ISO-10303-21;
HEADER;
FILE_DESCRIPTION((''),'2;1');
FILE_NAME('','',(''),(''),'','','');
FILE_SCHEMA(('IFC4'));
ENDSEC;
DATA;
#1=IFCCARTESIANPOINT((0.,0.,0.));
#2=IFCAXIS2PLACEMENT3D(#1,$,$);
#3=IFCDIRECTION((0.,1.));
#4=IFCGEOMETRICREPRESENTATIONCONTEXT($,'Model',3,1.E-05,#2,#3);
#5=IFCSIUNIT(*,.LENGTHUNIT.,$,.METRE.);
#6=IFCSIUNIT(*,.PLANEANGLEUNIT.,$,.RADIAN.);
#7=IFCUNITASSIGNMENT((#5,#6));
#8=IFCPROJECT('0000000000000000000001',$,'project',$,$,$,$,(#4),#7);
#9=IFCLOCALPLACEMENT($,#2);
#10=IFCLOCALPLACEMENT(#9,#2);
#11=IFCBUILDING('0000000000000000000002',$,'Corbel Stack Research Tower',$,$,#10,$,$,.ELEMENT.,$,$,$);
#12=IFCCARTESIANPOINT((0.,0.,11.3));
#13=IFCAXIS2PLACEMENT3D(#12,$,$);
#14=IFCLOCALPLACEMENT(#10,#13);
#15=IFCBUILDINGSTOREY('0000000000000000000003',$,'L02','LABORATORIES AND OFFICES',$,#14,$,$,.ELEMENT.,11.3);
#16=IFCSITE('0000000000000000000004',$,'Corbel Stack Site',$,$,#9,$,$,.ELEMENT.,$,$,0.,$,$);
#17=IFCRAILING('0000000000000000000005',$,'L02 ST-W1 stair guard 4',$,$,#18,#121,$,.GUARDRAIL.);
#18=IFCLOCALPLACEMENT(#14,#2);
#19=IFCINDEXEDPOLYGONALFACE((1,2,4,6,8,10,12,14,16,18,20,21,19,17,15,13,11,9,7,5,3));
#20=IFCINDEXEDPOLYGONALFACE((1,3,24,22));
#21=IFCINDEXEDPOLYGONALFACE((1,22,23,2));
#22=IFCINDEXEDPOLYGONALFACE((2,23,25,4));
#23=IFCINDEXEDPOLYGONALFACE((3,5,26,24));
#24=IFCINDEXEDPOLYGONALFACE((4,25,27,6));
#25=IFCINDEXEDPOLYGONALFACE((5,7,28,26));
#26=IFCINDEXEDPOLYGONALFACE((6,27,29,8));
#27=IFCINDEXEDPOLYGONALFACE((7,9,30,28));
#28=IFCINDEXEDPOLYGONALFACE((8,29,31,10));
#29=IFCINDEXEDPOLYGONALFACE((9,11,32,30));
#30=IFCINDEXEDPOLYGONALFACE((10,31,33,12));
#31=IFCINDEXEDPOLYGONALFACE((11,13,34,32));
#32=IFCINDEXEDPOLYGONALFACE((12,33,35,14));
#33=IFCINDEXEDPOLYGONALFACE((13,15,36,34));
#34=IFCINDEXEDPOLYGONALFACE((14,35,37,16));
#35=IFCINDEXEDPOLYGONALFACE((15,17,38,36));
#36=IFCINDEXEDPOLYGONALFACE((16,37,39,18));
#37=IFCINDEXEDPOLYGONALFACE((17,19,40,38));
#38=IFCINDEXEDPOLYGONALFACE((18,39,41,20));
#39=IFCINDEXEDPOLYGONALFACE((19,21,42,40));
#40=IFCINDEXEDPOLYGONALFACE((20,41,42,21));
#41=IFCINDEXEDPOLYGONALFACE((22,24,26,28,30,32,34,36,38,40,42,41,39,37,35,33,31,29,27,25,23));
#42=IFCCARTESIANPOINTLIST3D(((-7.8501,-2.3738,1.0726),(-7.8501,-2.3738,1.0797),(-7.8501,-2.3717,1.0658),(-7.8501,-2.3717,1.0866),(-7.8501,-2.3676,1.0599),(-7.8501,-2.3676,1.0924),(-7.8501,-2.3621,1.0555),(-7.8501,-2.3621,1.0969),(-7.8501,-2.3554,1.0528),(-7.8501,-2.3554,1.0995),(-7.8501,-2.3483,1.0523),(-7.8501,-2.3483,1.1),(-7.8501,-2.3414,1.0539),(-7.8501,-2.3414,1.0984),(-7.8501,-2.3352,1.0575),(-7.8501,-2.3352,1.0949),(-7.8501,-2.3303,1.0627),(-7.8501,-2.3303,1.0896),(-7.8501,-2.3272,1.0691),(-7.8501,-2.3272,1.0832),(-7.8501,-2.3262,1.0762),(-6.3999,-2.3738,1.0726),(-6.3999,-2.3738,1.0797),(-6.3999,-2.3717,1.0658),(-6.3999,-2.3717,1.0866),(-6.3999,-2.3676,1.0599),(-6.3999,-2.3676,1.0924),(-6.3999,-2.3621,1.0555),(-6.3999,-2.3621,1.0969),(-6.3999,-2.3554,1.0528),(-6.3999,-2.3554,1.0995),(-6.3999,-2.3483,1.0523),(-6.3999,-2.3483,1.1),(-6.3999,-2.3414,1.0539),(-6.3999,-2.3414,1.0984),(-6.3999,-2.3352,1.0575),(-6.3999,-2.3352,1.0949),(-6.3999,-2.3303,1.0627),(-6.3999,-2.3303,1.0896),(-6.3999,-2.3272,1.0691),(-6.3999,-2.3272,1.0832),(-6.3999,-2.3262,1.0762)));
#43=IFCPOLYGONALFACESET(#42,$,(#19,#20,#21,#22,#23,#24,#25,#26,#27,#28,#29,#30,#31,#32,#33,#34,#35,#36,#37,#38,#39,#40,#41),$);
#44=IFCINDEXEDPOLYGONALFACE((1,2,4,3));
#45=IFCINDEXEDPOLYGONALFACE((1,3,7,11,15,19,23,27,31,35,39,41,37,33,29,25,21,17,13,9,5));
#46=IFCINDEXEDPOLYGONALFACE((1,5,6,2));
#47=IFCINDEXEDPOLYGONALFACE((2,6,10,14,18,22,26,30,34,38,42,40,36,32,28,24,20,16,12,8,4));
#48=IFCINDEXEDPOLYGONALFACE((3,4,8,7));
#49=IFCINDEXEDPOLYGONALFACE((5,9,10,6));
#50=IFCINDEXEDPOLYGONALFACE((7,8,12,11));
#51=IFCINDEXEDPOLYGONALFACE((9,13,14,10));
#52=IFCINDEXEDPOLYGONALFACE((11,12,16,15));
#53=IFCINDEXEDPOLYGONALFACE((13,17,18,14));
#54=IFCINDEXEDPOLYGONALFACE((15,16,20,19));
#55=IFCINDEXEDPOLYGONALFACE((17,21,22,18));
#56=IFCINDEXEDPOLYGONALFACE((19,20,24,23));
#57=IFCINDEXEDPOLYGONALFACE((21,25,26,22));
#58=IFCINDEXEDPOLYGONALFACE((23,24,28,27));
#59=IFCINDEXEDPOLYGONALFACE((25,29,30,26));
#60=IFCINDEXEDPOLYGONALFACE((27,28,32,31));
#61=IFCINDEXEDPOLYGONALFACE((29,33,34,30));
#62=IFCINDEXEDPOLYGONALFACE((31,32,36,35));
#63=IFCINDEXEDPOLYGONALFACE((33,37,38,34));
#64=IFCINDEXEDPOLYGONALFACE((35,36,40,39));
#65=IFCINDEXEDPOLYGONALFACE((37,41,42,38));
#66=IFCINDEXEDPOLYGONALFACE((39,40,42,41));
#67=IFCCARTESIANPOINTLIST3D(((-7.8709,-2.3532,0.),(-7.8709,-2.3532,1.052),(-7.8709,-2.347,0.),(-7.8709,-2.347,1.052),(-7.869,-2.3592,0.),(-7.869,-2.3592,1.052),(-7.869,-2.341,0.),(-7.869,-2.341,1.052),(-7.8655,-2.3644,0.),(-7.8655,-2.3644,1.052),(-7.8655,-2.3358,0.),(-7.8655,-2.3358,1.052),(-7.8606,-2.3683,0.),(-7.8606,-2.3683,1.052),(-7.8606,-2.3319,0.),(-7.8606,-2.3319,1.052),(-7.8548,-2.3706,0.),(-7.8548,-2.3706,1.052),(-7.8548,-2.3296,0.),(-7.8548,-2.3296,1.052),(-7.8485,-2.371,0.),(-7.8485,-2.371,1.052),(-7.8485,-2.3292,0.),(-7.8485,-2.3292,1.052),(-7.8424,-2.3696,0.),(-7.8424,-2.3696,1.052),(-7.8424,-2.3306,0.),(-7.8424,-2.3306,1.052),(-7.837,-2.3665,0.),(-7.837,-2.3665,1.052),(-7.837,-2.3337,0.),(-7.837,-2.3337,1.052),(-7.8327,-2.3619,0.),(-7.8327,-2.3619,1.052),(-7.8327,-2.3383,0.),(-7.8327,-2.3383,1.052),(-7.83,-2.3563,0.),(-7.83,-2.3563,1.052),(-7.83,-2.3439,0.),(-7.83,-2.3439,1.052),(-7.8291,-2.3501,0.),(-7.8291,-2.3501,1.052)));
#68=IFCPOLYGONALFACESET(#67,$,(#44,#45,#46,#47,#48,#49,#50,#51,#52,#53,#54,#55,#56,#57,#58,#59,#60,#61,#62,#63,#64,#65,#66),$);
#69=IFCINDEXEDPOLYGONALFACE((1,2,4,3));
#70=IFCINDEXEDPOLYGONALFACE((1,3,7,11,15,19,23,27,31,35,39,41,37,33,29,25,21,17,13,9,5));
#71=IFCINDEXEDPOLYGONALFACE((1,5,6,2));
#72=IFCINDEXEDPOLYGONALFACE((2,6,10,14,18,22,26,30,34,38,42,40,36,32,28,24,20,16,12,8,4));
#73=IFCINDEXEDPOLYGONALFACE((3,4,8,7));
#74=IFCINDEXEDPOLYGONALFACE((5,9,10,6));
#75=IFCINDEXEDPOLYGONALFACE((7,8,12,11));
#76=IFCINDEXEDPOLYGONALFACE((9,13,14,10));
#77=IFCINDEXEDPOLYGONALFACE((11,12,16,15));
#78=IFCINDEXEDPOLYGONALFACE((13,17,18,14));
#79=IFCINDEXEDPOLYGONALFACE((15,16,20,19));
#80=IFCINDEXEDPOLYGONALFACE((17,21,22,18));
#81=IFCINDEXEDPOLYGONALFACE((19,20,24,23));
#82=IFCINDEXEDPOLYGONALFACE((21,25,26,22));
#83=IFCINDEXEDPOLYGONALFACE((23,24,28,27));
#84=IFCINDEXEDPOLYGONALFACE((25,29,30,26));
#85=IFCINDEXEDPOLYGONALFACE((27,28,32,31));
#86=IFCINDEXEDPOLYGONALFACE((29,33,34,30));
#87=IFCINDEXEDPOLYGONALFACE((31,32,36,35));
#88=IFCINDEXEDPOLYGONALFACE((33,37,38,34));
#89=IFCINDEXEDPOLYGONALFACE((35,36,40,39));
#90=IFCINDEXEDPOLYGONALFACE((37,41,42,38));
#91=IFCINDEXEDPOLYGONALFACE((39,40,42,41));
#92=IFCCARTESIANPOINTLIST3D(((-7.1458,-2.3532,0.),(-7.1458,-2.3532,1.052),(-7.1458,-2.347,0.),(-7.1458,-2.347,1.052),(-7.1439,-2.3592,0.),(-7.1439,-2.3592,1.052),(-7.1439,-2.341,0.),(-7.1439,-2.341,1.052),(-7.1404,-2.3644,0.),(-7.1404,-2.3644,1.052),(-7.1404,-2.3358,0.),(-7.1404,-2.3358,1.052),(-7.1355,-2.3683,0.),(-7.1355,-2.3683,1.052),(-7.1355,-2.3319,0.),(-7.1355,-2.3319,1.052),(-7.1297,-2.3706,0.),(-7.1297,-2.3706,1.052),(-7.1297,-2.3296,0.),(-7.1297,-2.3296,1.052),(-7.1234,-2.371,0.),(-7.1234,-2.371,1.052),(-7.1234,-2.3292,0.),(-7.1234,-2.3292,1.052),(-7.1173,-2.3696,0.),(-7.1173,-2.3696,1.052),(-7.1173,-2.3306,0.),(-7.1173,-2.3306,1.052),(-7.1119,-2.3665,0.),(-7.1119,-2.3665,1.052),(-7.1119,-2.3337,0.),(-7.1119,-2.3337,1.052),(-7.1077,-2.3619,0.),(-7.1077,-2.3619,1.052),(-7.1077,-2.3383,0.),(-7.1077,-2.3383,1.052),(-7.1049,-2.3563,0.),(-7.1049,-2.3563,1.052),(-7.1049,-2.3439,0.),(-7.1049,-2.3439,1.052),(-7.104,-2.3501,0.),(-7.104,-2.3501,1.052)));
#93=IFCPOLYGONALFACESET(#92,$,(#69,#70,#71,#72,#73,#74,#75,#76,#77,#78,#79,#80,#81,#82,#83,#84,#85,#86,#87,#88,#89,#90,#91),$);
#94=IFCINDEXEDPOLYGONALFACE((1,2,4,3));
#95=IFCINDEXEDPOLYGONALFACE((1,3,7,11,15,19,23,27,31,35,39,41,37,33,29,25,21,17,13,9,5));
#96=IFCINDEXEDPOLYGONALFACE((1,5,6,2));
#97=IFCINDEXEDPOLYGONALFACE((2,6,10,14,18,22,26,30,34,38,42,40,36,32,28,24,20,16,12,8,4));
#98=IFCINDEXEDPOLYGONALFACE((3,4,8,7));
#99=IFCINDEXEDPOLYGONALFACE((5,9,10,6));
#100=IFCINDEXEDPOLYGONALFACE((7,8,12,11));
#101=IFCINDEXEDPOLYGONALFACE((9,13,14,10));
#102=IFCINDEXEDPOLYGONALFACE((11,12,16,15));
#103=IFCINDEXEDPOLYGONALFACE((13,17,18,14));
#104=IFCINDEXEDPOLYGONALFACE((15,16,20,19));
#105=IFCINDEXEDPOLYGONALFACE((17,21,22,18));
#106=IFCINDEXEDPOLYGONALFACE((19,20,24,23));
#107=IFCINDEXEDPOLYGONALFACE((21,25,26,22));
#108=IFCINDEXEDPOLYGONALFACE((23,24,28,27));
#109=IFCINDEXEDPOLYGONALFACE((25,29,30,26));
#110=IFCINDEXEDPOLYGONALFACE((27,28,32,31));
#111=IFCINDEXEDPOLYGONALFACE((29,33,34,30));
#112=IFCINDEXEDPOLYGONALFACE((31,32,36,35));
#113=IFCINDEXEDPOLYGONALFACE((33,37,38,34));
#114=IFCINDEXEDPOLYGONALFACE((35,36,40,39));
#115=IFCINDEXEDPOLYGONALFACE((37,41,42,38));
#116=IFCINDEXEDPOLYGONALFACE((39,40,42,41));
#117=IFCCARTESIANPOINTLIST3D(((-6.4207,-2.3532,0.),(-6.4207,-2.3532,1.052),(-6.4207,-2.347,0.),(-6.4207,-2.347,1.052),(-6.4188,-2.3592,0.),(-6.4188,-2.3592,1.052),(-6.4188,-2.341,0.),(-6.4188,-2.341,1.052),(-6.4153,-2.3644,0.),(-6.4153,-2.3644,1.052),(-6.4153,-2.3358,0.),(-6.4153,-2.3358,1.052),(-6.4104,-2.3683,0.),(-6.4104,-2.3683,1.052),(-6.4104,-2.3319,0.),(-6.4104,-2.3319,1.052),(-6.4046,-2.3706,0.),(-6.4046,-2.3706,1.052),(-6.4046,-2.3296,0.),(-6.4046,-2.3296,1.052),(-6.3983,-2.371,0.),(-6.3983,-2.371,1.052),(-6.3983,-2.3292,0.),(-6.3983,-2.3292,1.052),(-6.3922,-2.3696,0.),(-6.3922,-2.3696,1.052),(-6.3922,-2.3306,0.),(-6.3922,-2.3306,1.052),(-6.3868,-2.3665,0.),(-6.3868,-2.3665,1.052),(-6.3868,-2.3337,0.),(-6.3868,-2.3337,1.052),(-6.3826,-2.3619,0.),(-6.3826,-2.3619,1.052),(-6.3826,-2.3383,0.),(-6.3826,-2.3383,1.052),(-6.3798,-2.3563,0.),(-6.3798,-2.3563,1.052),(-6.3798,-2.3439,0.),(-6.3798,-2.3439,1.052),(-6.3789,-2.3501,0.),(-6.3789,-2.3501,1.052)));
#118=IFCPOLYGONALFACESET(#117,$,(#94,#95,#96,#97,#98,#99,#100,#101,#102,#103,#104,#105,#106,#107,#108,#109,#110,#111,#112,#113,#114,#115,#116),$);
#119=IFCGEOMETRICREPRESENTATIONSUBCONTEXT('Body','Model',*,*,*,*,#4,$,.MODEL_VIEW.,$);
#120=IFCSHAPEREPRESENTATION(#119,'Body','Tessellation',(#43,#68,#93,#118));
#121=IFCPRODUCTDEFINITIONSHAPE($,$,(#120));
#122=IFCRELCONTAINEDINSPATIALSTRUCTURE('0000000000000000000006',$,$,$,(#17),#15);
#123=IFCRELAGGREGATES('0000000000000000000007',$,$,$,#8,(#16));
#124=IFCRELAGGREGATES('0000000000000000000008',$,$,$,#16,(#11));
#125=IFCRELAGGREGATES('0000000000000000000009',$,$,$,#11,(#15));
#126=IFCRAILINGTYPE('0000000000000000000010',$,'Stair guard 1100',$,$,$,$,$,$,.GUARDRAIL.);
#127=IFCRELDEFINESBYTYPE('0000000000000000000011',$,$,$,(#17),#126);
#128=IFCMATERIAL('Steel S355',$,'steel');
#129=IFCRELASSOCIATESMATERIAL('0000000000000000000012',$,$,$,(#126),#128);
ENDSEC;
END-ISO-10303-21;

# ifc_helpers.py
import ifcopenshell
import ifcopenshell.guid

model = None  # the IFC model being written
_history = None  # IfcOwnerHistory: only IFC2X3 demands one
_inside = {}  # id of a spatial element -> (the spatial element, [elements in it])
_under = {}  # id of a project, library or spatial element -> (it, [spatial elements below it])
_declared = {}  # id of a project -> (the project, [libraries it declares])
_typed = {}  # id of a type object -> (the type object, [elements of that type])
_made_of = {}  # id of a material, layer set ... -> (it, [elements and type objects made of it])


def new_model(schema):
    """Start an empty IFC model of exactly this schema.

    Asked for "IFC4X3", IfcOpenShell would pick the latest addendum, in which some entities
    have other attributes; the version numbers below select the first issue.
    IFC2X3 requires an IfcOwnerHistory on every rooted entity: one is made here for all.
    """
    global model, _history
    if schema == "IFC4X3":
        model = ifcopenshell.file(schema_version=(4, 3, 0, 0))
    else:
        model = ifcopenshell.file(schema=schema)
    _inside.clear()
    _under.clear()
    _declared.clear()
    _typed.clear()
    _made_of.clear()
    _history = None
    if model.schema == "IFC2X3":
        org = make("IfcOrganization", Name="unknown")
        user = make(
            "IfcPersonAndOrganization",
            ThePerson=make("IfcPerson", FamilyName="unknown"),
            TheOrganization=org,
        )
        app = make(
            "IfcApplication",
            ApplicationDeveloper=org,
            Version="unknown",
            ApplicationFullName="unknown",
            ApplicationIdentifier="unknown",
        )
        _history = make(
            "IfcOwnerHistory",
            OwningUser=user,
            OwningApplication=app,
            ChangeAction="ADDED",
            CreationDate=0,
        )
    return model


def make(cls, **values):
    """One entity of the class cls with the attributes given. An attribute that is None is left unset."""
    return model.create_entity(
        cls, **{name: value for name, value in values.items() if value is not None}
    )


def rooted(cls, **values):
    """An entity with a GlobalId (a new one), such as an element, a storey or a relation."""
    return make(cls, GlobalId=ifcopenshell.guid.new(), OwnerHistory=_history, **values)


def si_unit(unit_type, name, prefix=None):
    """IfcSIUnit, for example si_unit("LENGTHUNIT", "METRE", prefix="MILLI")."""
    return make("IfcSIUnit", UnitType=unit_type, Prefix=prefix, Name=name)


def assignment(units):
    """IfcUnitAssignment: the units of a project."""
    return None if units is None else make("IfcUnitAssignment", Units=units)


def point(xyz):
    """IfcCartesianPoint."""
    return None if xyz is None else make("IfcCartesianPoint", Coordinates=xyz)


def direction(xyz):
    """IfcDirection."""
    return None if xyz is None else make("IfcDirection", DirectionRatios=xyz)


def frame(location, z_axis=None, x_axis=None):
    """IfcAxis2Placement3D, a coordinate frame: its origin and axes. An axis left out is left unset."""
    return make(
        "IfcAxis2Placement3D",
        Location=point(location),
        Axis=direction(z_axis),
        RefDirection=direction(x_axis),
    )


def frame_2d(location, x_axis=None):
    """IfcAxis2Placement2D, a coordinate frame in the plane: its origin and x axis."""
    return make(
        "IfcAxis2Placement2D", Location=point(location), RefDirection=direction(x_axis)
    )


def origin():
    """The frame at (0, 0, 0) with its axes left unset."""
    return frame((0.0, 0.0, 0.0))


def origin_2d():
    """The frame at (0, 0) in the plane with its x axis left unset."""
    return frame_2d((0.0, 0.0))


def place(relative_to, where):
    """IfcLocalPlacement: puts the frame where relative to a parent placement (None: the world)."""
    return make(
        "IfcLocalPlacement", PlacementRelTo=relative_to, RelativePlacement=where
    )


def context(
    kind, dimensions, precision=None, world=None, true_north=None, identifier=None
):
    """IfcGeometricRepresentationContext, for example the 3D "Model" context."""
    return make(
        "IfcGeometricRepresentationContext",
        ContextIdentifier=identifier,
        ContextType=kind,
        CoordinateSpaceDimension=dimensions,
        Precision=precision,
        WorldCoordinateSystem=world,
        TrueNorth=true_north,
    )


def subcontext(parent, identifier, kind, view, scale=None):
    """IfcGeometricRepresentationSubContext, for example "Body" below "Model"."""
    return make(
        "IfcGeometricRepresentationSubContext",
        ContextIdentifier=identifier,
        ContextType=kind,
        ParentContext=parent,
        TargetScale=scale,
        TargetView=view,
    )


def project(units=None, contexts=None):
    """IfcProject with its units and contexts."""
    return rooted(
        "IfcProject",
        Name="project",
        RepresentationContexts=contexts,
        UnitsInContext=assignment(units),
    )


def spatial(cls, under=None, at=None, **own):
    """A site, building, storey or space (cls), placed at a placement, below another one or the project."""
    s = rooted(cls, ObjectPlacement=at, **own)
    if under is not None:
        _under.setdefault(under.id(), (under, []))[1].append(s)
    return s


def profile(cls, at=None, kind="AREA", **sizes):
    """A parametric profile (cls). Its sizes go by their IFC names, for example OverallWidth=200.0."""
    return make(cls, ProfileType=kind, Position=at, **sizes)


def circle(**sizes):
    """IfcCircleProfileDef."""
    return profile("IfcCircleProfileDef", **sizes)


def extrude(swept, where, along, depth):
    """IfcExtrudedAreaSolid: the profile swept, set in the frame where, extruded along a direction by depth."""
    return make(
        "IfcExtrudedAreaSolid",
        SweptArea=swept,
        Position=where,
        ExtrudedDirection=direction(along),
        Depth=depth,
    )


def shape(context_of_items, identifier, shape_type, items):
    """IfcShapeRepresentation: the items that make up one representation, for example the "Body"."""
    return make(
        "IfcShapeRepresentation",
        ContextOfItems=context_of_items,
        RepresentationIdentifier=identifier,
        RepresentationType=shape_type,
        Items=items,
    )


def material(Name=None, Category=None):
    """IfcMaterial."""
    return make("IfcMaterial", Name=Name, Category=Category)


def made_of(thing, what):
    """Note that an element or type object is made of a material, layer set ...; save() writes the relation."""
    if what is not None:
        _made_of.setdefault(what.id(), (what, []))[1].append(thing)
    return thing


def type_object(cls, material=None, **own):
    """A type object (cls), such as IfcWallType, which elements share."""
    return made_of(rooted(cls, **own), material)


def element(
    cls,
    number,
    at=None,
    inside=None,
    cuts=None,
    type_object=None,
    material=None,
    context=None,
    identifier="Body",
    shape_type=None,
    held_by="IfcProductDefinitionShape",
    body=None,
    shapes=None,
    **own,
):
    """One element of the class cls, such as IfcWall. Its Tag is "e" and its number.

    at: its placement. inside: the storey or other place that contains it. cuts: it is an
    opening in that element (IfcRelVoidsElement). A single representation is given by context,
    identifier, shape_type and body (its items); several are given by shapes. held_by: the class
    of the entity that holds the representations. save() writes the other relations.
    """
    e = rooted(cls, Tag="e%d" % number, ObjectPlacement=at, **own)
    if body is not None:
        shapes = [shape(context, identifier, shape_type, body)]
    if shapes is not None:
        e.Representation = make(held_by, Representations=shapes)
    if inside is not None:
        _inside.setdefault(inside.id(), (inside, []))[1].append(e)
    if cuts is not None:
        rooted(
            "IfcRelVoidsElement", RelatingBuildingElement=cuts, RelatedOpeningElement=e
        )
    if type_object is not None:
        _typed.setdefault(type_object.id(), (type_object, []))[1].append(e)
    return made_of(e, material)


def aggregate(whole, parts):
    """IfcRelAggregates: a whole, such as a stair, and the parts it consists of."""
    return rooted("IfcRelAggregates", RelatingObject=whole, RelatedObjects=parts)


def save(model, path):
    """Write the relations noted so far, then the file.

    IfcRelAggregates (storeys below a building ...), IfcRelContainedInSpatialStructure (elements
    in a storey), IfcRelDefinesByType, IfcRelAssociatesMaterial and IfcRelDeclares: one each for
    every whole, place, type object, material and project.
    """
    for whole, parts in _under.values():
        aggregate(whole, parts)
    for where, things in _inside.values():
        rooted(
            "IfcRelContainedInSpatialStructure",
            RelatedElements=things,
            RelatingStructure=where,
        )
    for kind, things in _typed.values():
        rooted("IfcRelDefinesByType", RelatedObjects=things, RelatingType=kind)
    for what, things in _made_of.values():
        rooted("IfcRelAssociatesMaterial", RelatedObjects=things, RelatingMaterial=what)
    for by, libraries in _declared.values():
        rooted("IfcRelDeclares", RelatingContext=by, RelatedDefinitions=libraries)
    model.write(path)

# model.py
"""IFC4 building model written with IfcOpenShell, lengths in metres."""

from ifc_helpers import new_model, si_unit, direction, frame, origin, origin_2d, place, context, subcontext, project, spatial, circle, extrude, material, type_object, element, save


model = new_model("IFC4")

# Units and contexts
model_context = context("Model", 3, precision=1e-05, world=origin(), true_north=direction((0.0, 1.0)))
body_context = subcontext(model_context, "Body", "Model", "MODEL_VIEW")
ifc_project = project(units=[si_unit("LENGTHUNIT", "METRE"), si_unit("PLANEANGLEUNIT", "RADIAN")], contexts=[model_context])

# Site, building, storey
site_placement = place(None, origin())
site = spatial("IfcSite", under=ifc_project, at=site_placement, Name="Corbel Stack Site", CompositionType="ELEMENT", RefElevation=0.0)
building_placement = place(site_placement, origin())
building = spatial("IfcBuilding", under=site, at=building_placement, Name="Corbel Stack Research Tower", CompositionType="ELEMENT")
storey_placement = place(building_placement, frame((0.0, 0.0, 11.3)))
storey = spatial("IfcBuildingStorey", under=building, at=storey_placement, Name="L02", Description="LABORATORIES AND OFFICES", CompositionType="ELEMENT", Elevation=11.3)

# Railing
ifc_material_1 = material(Name="Steel S355", Category="steel")
railing_type_1 = type_object("IfcRailingType", Name="Stair guard 1100", PredefinedType="GUARDRAIL", material=ifc_material_1)
railing_1_placement = place(storey_placement, frame((-7.8501, -2.3501, 0.0)))
element("IfcRailing", 1, at=railing_1_placement, inside=storey, type_object=railing_type_1, Name="L02 ST-W1 stair guard 4", PredefinedType="GUARDRAIL", context=body_context, shape_type="SweptSolid", body=[
    extrude(circle(Radius=0.0239, at=origin_2d()), frame((0.0, 0.0, 1.0762), z_axis=(1.0, 0.0, 0.0), x_axis=(0.0, 1.0, 0.0)), (0.0, 0.0, 1.0), 1.4502),
    extrude(circle(Radius=0.021, at=origin_2d()), origin(), (0.0, 0.0, 1.0), 1.052),
    extrude(circle(Radius=0.021, at=origin_2d()), frame((0.7251, 0.0, 0.0)), (0.0, 0.0, 1.0), 1.052),
    extrude(circle(Radius=0.021, at=origin_2d()), frame((1.4502, 0.0, 0.0)), (0.0, 0.0, 1.0), 1.052),
])

save(model, "model.ifc")
